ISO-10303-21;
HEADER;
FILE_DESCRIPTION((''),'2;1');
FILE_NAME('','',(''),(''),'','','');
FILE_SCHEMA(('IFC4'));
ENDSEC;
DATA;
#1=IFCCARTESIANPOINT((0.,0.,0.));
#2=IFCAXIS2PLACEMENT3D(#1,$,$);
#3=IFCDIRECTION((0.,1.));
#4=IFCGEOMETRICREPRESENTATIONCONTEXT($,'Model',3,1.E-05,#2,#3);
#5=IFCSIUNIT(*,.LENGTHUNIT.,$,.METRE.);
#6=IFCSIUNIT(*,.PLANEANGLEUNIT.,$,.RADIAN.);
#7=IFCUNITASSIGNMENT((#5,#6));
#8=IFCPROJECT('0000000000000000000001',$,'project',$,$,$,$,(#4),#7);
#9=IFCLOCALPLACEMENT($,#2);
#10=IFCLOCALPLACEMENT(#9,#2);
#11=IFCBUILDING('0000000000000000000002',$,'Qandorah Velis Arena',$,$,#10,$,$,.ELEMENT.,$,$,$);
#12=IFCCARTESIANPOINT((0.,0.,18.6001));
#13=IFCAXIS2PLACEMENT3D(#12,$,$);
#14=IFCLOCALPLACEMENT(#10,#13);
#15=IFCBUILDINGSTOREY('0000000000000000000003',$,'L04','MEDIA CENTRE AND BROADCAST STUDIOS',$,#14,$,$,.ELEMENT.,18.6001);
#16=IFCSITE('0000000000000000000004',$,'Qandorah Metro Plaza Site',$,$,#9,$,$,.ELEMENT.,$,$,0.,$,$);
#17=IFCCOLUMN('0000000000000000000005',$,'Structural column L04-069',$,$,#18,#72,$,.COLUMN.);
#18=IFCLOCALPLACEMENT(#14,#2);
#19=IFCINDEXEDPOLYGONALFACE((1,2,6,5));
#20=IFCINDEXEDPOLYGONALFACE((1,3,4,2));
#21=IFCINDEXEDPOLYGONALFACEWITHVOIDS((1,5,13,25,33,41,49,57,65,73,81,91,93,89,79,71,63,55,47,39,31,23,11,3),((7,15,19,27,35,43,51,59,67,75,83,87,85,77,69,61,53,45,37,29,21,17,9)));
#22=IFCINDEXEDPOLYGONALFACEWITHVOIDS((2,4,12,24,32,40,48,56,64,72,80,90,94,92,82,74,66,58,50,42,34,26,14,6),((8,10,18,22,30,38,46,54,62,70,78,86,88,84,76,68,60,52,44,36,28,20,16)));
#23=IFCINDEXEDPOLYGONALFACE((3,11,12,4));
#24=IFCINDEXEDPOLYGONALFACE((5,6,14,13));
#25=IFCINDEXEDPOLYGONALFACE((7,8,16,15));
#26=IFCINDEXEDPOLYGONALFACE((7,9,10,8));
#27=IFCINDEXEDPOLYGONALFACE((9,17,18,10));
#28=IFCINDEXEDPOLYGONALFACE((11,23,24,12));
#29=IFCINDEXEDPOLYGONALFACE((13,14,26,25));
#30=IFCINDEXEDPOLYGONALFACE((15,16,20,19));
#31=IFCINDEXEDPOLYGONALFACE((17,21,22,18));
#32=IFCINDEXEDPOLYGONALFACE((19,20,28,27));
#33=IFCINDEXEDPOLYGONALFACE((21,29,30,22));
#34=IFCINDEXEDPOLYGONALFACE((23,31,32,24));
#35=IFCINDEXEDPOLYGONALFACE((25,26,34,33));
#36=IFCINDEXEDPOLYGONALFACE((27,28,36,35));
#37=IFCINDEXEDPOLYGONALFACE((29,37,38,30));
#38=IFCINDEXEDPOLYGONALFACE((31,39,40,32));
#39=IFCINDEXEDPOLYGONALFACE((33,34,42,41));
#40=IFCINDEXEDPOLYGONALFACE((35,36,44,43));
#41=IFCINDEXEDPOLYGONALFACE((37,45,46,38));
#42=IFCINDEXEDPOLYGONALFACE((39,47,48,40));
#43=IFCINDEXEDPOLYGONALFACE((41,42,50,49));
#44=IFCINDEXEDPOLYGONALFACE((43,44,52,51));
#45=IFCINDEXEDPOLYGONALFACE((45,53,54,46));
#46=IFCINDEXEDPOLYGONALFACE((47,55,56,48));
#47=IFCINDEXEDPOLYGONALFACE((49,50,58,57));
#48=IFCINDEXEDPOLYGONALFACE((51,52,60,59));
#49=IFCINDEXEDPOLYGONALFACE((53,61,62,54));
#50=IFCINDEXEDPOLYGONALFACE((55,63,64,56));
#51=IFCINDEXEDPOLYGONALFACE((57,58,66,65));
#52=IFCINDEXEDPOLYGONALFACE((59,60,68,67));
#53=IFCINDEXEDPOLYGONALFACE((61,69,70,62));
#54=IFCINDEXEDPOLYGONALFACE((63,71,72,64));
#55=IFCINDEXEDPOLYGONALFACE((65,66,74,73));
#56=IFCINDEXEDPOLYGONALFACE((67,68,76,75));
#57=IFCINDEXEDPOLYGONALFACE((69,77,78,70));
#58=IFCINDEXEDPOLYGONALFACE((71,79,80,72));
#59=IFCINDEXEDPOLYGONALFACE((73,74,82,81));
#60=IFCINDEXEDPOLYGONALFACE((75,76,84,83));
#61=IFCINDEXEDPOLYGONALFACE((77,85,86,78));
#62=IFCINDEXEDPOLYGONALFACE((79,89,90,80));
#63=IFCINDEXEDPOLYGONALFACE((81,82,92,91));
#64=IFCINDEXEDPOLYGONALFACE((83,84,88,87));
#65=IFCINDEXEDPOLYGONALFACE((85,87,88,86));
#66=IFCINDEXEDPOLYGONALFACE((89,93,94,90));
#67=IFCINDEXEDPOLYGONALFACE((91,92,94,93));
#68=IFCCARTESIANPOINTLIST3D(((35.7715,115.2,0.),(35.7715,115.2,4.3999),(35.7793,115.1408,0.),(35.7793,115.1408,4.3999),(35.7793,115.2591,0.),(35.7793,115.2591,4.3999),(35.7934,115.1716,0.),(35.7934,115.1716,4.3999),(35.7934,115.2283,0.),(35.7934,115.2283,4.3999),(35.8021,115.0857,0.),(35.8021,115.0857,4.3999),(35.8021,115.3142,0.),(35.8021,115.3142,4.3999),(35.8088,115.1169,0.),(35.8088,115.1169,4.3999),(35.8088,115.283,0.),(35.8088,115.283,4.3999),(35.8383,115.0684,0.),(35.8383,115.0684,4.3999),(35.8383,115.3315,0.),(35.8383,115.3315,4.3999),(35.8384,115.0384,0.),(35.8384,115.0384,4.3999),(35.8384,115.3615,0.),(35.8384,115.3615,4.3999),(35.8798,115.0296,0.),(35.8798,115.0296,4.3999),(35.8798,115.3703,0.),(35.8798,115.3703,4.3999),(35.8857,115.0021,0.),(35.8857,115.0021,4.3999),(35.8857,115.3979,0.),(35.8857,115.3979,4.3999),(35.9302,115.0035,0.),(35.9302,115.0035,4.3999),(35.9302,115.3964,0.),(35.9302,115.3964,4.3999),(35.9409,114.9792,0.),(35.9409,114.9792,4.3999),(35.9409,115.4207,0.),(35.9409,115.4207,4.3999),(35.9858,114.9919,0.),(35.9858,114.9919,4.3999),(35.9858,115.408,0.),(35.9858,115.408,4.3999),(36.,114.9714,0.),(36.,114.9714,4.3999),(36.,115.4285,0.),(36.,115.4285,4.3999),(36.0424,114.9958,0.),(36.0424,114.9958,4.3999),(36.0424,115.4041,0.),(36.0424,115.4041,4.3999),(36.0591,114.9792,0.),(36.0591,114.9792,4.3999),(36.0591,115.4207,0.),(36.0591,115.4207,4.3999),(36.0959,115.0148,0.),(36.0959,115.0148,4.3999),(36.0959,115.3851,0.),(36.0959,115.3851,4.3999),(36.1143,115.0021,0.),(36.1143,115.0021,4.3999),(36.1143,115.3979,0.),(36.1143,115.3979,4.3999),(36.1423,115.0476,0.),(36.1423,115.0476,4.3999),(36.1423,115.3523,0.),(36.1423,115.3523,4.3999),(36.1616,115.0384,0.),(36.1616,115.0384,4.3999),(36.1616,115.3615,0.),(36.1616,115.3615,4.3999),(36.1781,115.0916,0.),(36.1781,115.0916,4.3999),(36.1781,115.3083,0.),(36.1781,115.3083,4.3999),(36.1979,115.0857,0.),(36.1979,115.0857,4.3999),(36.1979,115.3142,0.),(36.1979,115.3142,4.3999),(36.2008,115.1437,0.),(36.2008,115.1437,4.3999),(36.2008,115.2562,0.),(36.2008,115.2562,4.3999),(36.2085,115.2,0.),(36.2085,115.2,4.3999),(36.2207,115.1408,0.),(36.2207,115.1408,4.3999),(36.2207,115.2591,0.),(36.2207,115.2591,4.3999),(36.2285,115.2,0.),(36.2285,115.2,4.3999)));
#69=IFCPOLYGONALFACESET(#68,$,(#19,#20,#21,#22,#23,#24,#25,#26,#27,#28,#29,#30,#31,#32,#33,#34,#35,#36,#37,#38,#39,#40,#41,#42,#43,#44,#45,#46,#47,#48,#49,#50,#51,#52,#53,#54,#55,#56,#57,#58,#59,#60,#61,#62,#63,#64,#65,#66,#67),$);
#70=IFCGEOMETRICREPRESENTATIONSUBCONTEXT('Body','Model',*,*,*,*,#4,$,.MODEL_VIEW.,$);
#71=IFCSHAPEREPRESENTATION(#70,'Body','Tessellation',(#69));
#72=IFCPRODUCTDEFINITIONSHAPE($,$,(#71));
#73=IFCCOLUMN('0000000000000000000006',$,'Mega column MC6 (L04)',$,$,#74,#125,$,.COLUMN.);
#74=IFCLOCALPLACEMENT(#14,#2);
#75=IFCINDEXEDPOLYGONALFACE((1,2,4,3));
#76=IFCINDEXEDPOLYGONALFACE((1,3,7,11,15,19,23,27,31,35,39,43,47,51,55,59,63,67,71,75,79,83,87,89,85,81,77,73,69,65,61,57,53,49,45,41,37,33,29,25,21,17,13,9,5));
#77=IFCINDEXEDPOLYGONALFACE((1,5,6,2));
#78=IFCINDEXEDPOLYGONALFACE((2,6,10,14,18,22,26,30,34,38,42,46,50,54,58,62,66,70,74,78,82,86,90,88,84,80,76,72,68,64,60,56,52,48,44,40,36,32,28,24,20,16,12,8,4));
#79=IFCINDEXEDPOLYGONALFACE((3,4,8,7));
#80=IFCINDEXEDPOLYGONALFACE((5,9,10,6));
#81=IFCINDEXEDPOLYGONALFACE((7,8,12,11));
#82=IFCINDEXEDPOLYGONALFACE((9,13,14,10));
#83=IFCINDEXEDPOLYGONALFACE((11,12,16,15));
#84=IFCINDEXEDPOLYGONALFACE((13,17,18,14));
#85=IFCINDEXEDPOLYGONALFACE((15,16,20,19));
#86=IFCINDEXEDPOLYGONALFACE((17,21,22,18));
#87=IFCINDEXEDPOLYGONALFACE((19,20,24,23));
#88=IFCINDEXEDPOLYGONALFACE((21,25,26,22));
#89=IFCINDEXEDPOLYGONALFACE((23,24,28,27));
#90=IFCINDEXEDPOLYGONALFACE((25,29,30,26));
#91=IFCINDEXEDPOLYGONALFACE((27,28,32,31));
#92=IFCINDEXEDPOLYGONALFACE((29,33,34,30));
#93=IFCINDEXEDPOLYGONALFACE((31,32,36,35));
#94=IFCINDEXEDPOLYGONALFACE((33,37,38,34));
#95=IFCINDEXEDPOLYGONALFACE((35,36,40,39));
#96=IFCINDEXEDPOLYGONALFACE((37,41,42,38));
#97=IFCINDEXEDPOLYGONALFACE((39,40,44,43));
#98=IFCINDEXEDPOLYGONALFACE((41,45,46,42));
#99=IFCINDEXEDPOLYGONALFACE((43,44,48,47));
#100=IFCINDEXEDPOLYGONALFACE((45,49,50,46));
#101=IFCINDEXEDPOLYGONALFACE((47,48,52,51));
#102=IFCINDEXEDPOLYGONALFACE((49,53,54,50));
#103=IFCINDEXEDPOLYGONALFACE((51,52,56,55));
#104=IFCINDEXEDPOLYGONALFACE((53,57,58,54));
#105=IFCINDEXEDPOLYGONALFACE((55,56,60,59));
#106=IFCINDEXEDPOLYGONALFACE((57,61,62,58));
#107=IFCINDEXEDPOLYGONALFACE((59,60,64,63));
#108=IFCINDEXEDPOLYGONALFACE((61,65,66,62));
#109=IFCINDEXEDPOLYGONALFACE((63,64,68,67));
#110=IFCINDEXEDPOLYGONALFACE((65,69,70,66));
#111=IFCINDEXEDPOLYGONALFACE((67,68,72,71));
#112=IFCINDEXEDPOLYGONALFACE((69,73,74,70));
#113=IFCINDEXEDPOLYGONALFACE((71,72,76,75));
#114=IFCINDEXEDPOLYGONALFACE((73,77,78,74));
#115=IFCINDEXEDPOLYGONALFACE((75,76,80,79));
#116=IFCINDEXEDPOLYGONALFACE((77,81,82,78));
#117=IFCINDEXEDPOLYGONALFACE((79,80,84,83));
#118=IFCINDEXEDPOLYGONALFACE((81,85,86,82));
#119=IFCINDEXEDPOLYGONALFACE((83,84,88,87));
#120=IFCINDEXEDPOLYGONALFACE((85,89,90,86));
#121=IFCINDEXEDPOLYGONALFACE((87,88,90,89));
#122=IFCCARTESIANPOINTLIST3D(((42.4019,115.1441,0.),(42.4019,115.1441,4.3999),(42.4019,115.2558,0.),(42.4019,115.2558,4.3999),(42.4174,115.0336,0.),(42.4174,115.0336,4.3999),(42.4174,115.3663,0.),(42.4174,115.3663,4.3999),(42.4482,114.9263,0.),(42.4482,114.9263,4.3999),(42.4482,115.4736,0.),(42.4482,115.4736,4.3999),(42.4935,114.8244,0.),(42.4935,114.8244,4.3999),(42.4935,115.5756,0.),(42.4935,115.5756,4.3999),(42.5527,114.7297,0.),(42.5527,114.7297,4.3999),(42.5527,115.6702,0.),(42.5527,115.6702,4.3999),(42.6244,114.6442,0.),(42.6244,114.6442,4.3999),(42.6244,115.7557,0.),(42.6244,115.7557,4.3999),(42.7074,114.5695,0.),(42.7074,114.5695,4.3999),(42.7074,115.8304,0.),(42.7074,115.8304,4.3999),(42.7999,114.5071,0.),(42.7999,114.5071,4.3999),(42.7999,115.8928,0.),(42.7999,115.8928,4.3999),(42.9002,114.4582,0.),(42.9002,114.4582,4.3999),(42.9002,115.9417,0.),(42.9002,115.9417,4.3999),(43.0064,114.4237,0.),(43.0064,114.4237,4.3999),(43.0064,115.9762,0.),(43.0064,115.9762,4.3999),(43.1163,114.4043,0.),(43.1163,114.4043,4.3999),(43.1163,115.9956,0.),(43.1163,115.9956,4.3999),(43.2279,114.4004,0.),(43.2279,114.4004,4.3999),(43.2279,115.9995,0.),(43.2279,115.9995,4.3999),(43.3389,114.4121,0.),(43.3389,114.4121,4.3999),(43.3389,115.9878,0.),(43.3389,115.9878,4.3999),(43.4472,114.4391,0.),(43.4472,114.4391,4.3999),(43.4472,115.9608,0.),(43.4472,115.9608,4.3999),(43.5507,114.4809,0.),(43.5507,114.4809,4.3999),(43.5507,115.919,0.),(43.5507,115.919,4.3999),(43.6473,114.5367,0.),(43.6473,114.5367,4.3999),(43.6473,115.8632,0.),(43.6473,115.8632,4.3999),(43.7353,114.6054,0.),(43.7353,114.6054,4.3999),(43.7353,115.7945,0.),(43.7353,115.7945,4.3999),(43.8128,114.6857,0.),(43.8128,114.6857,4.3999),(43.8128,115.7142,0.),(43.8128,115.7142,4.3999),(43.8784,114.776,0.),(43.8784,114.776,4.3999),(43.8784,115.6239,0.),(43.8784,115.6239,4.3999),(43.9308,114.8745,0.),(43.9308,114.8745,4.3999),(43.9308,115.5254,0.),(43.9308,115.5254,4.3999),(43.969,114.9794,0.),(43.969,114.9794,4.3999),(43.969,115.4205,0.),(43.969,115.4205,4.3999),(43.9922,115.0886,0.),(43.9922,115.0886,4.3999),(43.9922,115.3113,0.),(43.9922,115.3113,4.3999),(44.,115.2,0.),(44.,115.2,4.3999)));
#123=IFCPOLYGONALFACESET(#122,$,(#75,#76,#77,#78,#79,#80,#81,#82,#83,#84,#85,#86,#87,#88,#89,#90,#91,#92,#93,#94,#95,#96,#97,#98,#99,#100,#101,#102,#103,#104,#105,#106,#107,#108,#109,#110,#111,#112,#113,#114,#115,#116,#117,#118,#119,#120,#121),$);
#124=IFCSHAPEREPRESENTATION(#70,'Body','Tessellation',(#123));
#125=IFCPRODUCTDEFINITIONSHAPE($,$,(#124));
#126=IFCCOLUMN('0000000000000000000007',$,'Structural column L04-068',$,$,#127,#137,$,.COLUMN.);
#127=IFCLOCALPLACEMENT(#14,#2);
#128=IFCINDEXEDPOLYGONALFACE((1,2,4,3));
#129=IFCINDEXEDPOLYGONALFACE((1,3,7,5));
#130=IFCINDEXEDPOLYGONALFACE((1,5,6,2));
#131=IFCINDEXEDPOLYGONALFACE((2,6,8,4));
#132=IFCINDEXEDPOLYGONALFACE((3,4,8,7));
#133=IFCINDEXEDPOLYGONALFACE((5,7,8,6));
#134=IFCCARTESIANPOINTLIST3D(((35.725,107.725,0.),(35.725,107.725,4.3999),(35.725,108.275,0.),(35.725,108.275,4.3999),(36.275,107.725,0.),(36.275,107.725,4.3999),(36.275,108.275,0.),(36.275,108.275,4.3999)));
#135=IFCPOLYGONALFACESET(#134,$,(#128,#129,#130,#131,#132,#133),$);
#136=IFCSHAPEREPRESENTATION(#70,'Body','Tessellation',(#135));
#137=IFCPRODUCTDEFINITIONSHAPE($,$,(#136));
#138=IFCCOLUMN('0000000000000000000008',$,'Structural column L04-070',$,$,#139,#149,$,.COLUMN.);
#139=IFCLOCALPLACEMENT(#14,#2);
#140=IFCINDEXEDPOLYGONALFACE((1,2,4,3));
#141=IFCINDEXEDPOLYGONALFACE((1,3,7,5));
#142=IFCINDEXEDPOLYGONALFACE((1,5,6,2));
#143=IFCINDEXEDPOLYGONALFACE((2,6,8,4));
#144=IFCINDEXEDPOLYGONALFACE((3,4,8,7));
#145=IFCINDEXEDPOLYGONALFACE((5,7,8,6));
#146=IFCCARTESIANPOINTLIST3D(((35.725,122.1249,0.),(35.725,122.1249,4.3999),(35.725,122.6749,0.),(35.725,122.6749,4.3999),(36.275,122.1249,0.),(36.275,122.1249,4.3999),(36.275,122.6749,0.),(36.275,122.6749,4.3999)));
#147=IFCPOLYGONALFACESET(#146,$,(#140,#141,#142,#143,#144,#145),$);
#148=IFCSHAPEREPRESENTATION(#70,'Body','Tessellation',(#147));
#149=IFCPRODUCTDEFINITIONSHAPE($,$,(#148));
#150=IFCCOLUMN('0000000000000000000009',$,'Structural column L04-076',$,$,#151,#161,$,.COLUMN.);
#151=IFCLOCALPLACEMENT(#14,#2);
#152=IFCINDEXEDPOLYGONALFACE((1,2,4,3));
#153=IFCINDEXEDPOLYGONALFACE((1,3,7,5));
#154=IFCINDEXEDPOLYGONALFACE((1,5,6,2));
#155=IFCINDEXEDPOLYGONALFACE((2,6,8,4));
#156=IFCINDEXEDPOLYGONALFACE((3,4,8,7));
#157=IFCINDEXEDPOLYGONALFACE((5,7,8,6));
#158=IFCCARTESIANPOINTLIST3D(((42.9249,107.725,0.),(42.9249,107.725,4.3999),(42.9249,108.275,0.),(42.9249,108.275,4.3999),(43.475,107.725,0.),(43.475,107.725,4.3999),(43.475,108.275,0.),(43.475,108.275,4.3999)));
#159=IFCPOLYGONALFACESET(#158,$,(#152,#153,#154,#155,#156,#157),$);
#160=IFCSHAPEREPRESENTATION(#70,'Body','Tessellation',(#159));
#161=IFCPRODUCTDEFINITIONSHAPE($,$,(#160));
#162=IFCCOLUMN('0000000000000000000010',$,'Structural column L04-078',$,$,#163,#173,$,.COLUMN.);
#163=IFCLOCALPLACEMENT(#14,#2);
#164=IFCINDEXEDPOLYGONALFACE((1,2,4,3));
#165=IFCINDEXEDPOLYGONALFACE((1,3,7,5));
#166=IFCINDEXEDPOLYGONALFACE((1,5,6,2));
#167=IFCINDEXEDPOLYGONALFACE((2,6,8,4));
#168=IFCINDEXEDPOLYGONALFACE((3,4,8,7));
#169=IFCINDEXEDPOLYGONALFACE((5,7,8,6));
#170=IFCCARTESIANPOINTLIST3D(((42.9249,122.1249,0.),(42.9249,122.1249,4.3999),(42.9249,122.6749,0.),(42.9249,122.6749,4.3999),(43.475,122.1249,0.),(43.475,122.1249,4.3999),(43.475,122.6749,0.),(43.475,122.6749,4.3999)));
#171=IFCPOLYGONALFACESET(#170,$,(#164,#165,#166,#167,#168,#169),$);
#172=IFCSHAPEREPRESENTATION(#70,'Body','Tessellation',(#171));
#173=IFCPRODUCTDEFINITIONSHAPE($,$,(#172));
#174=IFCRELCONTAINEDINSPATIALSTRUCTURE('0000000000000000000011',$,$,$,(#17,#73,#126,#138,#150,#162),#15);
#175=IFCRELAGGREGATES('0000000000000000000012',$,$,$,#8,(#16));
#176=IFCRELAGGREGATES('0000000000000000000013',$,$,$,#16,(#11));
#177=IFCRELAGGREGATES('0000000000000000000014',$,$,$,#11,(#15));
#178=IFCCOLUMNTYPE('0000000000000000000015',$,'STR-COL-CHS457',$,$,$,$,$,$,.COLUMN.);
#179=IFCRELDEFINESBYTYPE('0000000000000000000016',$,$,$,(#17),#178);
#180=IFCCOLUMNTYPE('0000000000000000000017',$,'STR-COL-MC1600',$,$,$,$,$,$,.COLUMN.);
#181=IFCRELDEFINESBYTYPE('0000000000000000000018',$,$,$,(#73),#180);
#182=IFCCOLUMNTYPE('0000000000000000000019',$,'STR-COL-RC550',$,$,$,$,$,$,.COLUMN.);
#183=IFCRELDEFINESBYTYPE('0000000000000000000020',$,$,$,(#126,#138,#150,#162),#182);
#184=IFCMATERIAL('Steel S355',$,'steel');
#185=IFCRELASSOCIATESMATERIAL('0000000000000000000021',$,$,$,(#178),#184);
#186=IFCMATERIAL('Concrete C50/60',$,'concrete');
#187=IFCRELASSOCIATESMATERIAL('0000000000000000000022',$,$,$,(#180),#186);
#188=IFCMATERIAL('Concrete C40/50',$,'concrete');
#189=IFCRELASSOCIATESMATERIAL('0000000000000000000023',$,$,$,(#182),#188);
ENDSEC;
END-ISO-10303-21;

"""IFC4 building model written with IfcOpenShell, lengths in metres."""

from ifc_helpers import new_model, si_unit, direction, frame, origin, origin_2d, place, context, subcontext, project, spatial, rectangle, circle, hollow_circle, extrude, material, material_profile, profile_set, type_object, element, save


model = new_model("IFC4")

# Units and contexts
model_context = context("Model", 3, precision=1e-05, world=origin(), true_north=direction((0.0, 1.0)))
body_context = subcontext(model_context, "Body", "Model", "MODEL_VIEW")
ifc_project = project(units=[si_unit("LENGTHUNIT", "METRE"), si_unit("PLANEANGLEUNIT", "RADIAN")], contexts=[model_context])

# Site, building, storey
site_placement = place(None, origin())
site = spatial("IfcSite", under=ifc_project, at=site_placement, Name="Qandorah Metro Plaza Site", CompositionType="ELEMENT", RefElevation=0.0)
building_placement = place(site_placement, origin())
building = spatial("IfcBuilding", under=site, at=building_placement, Name="Qandorah Velis Arena", CompositionType="ELEMENT")
storey_placement = place(building_placement, frame((0.0, 0.0, 18.6001)))
storey = spatial("IfcBuildingStorey", under=building, at=storey_placement, Name="L04", Description="MEDIA CENTRE AND BROADCAST STUDIOS", CompositionType="ELEMENT", Elevation=18.6001)

# Columns
ifc_material_1 = material(Name="Steel S355", Category="steel")
ifc_material_profile_1 = material_profile(ifc_material_1, hollow_circle(Radius=0.2285, WallThickness=0.02, at=origin_2d()), Name="CHS 457x20")
ifc_profile_set_1 = profile_set([ifc_material_profile_1], Name="Steel S355")
column_type_1 = type_object("IfcColumnType", Name="STR-COL-CHS457", PredefinedType="COLUMN", material=ifc_profile_set_1)
column_1_placement = place(storey_placement, frame((36.0, 115.2, 0.0), z_axis=(0.0, 0.0, 1.0), x_axis=(1.0, 0.0, 0.0)))
element("IfcColumn", 1, at=column_1_placement, inside=storey, type_object=column_type_1, Name="Structural column L04-069", PredefinedType="COLUMN", context=body_context, shape_type="SweptSolid", body=[
    extrude(hollow_circle(Radius=0.2285, WallThickness=0.02, at=origin_2d()), origin(), (0.0, 0.0, 1.0), 4.3999),
])
ifc_material_2 = material(Name="Concrete C50/60", Category="concrete")
ifc_material_profile_2 = material_profile(ifc_material_2, circle(Radius=0.8, at=origin_2d()), Name="MC D1600")
ifc_profile_set_2 = profile_set([ifc_material_profile_2], Name="Concrete C50/60")
column_type_2 = type_object("IfcColumnType", Name="STR-COL-MC1600", PredefinedType="COLUMN", material=ifc_profile_set_2)
column_2_placement = place(storey_placement, frame((43.2, 115.2, 0.0), z_axis=(0.0, 0.0, 1.0), x_axis=(1.0, 0.0, 0.0)))
element("IfcColumn", 2, at=column_2_placement, inside=storey, type_object=column_type_2, Name="Mega column MC6 (L04)", PredefinedType="COLUMN", context=body_context, shape_type="SweptSolid", body=[
    extrude(circle(Radius=0.8, at=origin_2d()), origin(), (0.0, 0.0, 1.0), 4.3999),
])
ifc_material_3 = material(Name="Concrete C40/50", Category="concrete")
ifc_material_profile_3 = material_profile(ifc_material_3, rectangle(XDim=0.55, YDim=0.55, at=origin_2d()), Name="RC COL 550x550")
ifc_profile_set_3 = profile_set([ifc_material_profile_3], Name="Concrete C40/50")
column_type_3 = type_object("IfcColumnType", Name="STR-COL-RC550", PredefinedType="COLUMN", material=ifc_profile_set_3)
for number, where, z_axis, x_axis, name in (
    (3, (36.0, 108.0, 0.0), (0.0, 0.0, 1.0), (1.0, 0.0, 0.0), "Structural column L04-068"),
    (4, (36.0, 122.3999, 0.0), (0.0, 0.0, 1.0), (1.0, 0.0, 0.0), "Structural column L04-070"),
    (5, (43.2, 108.0, 0.0), (0.0, 0.0, 1.0), (1.0, 0.0, 0.0), "Structural column L04-076"),
    (6, (43.2, 122.3999, 0.0), (0.0, 0.0, 1.0), (1.0, 0.0, 0.0), "Structural column L04-078"),
):
    element("IfcColumn", number, at=place(storey_placement, frame(where, z_axis=z_axis, x_axis=x_axis)), inside=storey, type_object=column_type_3, Name=name, PredefinedType="COLUMN", context=body_context, shape_type="SweptSolid", body=[
        extrude(rectangle(XDim=0.55, YDim=0.55, at=origin_2d()), origin(), (0.0, 0.0, 1.0), 4.3999),
    ])

save(model, "model.ifc")
